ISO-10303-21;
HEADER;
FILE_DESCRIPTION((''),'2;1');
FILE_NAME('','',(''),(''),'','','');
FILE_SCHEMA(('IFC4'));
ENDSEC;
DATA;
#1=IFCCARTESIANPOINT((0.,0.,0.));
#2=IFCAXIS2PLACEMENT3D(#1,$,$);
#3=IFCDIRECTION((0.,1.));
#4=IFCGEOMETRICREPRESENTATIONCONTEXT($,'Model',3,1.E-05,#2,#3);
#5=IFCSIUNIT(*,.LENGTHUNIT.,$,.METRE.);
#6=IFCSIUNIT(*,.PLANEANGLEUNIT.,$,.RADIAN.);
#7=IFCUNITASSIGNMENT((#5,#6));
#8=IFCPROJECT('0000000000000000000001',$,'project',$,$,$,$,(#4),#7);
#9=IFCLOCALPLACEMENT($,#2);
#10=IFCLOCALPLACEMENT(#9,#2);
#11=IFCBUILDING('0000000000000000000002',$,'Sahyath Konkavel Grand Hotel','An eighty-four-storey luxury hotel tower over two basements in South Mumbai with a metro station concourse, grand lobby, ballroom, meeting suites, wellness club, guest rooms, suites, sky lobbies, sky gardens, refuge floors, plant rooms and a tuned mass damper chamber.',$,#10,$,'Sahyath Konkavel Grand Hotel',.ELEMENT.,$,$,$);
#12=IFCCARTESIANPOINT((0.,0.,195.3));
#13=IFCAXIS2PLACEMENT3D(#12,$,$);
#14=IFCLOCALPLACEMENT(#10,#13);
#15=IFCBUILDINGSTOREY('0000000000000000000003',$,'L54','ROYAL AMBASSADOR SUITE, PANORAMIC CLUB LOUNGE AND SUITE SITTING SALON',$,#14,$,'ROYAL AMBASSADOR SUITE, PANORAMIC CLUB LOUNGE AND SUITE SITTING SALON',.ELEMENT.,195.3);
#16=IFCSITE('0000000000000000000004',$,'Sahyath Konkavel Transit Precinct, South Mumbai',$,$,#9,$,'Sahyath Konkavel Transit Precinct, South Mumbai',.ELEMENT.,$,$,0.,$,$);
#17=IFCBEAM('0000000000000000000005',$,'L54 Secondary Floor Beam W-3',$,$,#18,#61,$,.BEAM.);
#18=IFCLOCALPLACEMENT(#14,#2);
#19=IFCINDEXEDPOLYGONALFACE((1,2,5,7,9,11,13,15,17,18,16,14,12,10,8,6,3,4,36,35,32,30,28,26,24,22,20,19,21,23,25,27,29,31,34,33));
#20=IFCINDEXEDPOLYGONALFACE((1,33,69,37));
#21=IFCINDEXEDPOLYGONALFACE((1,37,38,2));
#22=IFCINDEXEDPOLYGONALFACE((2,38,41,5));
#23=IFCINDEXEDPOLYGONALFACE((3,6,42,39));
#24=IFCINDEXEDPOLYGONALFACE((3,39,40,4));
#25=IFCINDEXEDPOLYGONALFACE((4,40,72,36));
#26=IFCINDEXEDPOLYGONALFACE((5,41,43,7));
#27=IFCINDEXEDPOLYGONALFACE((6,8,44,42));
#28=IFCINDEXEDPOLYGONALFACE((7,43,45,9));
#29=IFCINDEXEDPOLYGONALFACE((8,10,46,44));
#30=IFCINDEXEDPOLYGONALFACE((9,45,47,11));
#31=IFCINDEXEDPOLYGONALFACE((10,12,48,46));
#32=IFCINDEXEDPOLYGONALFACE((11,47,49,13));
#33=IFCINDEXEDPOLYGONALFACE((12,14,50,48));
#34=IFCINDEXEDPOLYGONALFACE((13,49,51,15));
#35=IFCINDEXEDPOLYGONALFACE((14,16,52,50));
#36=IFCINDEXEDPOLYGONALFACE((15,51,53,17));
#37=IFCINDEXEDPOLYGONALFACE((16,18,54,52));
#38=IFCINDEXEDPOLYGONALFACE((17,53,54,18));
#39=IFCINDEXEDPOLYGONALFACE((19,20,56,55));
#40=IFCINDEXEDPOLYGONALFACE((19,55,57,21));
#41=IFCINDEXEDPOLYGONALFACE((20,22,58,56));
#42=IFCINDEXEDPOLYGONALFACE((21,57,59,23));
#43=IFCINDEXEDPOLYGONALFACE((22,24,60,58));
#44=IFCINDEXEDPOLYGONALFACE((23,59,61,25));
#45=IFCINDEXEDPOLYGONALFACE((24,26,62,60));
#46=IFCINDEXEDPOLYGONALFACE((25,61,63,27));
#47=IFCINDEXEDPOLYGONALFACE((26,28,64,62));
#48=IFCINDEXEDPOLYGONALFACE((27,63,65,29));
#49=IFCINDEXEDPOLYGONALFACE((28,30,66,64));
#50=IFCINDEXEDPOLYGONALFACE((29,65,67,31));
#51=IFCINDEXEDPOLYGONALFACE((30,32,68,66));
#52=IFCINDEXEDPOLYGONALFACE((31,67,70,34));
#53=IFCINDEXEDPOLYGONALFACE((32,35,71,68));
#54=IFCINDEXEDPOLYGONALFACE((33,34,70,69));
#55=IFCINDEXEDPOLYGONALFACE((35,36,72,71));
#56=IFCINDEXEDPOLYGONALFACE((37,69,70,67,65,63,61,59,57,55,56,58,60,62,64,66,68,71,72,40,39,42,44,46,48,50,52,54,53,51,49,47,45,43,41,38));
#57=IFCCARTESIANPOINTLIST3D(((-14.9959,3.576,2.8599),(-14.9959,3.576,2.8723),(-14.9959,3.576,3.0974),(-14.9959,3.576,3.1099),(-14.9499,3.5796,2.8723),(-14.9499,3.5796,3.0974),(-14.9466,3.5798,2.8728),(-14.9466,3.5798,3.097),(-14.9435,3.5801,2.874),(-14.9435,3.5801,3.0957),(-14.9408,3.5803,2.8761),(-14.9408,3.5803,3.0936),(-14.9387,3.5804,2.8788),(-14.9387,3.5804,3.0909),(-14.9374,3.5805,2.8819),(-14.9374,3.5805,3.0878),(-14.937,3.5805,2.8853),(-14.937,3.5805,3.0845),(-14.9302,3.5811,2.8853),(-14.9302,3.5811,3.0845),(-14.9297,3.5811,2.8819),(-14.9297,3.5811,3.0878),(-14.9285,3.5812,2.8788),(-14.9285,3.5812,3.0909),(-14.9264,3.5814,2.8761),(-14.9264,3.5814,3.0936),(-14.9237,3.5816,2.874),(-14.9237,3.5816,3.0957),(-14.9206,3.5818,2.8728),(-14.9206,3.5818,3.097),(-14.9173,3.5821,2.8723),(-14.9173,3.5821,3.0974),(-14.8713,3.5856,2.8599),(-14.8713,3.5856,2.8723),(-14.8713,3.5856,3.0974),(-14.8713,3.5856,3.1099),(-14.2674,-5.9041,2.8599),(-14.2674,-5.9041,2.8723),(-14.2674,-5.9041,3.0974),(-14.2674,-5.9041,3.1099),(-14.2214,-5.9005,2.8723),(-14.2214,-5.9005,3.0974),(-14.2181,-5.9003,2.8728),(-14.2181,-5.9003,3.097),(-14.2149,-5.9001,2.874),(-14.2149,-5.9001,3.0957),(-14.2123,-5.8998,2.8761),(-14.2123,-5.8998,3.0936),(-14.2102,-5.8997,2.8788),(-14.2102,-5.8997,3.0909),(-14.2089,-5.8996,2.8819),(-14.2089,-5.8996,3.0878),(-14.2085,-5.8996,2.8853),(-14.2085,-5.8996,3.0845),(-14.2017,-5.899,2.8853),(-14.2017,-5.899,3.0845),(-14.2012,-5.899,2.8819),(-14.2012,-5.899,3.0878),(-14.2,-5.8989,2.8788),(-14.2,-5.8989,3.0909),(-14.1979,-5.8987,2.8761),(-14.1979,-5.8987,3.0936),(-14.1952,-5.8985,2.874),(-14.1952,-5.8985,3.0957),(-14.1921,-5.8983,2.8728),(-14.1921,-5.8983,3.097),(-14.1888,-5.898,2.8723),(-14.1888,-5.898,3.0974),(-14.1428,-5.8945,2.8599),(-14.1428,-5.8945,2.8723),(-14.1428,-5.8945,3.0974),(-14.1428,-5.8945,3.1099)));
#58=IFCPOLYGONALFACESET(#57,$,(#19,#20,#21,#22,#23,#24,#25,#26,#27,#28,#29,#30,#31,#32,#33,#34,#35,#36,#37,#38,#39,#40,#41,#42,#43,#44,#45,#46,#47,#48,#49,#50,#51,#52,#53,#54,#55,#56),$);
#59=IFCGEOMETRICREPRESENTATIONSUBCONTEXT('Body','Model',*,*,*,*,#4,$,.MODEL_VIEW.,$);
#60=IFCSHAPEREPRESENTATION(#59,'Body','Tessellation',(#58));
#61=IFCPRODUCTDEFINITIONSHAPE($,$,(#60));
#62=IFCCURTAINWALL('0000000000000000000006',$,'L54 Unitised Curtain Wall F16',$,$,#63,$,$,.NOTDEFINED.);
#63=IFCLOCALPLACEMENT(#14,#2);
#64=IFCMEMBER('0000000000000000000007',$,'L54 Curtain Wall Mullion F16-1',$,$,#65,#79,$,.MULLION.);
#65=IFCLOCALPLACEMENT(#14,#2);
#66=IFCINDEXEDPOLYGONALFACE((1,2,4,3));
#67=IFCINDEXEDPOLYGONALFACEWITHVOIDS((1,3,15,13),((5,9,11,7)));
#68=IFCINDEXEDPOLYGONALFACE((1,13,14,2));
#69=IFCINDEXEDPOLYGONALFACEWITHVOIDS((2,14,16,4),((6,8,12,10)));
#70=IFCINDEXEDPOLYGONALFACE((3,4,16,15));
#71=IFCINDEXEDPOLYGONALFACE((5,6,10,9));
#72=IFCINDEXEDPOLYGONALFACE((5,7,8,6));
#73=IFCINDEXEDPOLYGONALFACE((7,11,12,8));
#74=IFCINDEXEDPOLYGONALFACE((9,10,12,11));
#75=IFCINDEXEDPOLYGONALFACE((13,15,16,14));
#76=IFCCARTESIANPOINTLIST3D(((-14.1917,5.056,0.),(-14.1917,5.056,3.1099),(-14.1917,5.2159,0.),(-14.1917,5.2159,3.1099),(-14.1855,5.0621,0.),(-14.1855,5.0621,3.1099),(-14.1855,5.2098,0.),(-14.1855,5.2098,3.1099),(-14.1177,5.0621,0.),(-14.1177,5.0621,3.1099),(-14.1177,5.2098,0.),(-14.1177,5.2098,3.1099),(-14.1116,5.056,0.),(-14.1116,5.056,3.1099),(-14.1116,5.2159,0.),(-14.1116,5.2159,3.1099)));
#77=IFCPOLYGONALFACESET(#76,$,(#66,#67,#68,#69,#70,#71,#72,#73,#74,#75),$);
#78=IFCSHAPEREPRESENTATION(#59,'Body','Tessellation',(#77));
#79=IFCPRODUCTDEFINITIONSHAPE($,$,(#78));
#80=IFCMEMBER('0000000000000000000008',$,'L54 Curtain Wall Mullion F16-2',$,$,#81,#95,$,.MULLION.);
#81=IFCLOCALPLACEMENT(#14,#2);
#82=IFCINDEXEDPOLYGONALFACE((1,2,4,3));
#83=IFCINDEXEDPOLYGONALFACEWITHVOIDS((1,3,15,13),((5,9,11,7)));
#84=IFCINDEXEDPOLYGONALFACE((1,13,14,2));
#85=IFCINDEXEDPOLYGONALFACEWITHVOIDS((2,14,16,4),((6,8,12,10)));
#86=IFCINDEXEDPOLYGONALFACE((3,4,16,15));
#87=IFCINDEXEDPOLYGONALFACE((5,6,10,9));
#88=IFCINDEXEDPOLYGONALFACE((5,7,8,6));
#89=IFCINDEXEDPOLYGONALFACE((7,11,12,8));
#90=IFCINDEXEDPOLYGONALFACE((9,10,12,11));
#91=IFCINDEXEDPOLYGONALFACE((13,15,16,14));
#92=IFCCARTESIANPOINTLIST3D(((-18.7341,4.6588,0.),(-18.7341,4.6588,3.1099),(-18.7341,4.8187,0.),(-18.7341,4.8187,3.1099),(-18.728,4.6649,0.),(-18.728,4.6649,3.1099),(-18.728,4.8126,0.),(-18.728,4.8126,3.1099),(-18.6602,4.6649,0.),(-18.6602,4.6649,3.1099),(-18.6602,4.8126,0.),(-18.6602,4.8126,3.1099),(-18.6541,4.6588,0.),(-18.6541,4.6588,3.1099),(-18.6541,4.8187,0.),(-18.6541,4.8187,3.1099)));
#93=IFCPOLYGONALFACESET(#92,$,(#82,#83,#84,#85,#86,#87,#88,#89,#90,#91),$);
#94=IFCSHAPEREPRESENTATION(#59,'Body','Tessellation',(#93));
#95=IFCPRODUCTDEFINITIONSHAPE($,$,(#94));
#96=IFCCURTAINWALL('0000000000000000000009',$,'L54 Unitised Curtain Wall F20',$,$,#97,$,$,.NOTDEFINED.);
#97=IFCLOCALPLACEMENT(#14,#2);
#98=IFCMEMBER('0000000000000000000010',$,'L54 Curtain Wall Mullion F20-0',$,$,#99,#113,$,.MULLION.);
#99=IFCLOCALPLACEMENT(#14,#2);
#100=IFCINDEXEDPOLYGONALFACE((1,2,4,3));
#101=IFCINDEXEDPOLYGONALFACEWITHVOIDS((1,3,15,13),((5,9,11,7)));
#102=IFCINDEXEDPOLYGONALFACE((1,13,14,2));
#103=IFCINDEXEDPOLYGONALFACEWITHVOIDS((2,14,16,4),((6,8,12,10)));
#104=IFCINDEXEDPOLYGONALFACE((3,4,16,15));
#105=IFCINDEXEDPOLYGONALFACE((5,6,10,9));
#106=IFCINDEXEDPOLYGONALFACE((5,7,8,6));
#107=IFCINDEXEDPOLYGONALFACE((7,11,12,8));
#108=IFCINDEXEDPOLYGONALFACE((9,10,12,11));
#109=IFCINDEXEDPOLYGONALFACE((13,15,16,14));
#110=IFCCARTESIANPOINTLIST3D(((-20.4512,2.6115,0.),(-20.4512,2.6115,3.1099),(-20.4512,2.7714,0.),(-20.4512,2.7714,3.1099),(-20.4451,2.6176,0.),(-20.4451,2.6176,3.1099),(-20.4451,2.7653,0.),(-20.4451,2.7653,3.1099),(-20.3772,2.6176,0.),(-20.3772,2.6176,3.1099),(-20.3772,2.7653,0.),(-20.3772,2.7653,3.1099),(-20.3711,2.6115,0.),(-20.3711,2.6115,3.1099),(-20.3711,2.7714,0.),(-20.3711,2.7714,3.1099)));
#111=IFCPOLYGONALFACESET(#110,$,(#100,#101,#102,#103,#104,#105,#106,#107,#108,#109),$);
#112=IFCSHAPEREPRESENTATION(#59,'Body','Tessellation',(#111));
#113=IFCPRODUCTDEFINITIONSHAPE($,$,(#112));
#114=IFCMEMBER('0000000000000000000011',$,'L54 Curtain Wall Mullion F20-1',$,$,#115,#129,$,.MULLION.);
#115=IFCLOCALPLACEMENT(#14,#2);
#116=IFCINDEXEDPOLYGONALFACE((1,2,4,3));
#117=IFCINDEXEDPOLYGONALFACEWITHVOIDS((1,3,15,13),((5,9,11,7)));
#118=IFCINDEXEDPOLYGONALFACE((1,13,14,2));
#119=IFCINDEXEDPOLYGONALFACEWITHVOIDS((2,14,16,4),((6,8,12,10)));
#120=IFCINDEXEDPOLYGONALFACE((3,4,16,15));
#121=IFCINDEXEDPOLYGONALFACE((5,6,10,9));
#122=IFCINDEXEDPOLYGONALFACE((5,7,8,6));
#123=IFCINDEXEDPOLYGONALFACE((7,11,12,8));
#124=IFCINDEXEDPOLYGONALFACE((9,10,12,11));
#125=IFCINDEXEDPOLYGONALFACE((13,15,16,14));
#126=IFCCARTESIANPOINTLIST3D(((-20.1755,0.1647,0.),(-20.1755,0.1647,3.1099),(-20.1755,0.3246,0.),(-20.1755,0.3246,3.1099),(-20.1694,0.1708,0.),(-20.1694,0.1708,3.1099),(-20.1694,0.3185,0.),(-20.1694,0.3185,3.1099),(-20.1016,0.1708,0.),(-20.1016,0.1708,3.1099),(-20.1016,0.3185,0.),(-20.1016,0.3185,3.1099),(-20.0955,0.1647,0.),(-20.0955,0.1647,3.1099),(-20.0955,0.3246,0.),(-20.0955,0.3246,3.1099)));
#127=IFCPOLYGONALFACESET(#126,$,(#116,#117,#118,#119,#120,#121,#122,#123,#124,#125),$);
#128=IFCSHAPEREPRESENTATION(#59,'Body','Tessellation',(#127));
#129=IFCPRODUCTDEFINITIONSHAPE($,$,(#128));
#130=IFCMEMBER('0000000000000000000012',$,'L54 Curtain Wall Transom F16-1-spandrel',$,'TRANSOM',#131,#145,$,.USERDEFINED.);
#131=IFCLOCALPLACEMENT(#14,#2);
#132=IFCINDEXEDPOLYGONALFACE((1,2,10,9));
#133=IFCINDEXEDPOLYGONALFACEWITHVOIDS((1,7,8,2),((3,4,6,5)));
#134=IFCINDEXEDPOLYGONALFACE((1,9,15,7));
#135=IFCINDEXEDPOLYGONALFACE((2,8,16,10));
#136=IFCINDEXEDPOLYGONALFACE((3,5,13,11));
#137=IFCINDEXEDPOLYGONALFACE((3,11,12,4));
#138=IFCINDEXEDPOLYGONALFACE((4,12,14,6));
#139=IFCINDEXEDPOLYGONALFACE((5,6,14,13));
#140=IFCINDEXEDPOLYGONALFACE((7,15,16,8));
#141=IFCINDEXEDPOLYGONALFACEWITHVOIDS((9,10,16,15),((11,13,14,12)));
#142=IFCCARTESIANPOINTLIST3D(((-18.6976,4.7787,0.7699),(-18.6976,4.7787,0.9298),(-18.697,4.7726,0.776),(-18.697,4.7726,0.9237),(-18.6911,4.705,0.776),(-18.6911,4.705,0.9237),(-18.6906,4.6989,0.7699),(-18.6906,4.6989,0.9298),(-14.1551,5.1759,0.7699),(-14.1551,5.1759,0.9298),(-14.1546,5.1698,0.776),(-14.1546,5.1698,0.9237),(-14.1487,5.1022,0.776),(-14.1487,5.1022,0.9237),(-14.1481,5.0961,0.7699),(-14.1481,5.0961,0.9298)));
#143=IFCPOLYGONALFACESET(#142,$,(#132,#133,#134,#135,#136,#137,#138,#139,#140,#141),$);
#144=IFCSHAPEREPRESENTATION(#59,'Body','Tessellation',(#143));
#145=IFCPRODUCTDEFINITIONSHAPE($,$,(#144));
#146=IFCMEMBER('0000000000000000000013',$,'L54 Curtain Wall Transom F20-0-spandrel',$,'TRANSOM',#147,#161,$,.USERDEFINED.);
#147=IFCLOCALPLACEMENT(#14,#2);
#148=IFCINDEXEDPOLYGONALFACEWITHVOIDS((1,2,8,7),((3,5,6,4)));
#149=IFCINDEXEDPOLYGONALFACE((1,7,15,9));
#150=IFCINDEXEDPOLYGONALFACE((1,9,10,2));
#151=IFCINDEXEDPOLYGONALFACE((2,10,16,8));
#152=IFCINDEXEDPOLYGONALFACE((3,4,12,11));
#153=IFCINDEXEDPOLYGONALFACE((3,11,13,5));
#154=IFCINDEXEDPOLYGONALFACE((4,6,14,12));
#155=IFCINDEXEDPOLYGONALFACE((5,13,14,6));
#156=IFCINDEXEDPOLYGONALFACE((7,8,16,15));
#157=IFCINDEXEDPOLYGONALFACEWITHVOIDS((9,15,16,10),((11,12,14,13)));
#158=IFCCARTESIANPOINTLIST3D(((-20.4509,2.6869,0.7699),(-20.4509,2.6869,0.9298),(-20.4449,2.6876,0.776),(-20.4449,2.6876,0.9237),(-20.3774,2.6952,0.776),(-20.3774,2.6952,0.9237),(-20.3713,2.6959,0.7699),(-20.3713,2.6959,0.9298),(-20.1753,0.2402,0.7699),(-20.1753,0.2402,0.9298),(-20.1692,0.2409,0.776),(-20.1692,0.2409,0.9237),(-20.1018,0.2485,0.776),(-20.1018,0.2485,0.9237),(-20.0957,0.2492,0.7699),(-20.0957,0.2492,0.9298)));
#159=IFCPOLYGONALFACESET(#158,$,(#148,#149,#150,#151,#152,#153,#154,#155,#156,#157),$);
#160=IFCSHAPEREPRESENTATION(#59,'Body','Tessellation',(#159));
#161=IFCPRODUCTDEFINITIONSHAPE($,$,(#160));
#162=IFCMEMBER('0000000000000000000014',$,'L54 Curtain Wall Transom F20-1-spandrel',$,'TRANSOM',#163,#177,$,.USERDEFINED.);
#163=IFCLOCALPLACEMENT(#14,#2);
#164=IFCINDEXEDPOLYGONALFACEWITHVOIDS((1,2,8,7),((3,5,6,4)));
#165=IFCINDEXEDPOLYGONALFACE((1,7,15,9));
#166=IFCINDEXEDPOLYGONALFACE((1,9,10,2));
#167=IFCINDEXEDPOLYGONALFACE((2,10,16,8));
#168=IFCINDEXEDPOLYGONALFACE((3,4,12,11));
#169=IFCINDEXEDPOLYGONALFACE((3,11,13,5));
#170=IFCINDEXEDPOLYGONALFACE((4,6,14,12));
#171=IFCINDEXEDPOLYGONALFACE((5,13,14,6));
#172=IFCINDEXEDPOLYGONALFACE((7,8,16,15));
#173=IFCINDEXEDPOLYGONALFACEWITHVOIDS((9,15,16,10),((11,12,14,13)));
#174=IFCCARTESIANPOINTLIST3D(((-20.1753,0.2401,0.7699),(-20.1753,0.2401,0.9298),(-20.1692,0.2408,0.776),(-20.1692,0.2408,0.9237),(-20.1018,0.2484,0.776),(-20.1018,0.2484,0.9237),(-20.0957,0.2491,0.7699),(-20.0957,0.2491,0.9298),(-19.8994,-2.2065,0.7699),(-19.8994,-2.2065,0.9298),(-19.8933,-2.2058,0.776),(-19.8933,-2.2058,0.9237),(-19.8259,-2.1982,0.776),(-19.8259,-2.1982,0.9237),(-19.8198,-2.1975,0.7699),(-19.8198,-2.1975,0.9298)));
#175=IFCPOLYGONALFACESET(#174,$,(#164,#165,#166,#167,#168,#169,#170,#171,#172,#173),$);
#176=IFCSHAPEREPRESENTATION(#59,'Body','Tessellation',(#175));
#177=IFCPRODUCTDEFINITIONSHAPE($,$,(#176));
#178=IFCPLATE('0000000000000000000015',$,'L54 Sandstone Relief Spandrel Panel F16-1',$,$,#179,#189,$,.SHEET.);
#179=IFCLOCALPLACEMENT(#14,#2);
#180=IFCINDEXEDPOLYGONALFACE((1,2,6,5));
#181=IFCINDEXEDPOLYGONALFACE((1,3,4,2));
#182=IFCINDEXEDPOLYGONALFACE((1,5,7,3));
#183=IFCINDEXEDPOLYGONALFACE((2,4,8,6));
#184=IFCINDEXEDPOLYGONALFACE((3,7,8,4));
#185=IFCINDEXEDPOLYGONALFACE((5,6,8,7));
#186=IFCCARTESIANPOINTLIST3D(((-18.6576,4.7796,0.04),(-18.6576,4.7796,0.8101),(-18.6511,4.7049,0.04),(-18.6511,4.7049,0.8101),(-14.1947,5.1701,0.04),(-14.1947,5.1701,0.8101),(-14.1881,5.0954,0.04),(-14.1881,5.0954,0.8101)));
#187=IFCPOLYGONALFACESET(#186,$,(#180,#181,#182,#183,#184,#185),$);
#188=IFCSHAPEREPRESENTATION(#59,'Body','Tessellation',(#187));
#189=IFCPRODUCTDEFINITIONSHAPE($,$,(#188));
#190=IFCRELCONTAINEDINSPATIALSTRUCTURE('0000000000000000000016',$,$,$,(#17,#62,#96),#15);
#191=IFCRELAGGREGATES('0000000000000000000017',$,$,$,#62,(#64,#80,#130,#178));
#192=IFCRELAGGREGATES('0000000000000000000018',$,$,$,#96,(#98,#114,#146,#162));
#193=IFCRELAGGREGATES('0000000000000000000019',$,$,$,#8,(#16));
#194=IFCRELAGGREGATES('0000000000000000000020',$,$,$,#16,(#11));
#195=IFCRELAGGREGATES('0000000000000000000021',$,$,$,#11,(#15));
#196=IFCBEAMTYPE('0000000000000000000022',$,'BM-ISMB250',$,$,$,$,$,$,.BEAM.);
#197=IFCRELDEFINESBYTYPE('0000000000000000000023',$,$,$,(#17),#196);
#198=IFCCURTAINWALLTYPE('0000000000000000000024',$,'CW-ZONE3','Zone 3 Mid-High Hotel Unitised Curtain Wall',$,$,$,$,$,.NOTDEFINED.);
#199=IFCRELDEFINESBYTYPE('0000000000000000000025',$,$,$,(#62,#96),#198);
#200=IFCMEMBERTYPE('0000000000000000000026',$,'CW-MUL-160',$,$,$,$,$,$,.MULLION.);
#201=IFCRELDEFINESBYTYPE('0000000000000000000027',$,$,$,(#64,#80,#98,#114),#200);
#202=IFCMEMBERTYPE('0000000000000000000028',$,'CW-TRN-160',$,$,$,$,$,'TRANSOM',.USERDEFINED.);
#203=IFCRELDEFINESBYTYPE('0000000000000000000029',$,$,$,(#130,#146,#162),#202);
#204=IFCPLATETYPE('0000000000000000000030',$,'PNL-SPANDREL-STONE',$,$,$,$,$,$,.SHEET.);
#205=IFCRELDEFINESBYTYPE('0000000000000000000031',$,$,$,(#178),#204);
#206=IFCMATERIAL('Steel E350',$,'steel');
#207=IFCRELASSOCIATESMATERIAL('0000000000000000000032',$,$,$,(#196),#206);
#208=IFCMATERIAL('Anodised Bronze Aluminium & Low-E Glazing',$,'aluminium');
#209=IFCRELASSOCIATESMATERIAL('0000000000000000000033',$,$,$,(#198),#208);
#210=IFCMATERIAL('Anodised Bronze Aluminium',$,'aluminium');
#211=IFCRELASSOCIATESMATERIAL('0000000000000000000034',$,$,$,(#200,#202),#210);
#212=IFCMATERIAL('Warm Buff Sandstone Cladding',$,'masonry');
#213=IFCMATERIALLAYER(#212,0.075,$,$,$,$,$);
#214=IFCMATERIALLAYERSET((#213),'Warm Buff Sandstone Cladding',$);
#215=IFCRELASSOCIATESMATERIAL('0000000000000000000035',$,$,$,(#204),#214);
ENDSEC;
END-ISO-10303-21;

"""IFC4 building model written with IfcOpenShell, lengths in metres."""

from ifc_helpers import new_model, si_unit, direction, frame, origin, origin_2d, place, context, subcontext, project, spatial, rectangle, hollow_rectangle, i_section, extrude, source, transform, mapped, material, layer, layer_set, material_profile, profile_set, type_object, element, aggregate, save


model = new_model("IFC4")

# Units and contexts
model_context = context("Model", 3, precision=1e-05, world=origin(), true_north=direction((0.0, 1.0)))
body_context = subcontext(model_context, "Body", "Model", "MODEL_VIEW")
ifc_project = project(units=[si_unit("LENGTHUNIT", "METRE"), si_unit("PLANEANGLEUNIT", "RADIAN")], contexts=[model_context])

# Site, building, storey
site_placement = place(None, origin())
site = spatial("IfcSite", under=ifc_project, at=site_placement, Name="Sahyath Konkavel Transit Precinct, South Mumbai", LongName="Sahyath Konkavel Transit Precinct, South Mumbai", CompositionType="ELEMENT", RefElevation=0.0)
building_placement = place(site_placement, origin())
building = spatial("IfcBuilding", under=site, at=building_placement, Name="Sahyath Konkavel Grand Hotel", Description="An eighty-four-storey luxury hotel tower over two basements in South Mumbai with a metro station concourse, grand lobby, ballroom, meeting suites, wellness club, guest rooms, suites, sky lobbies, sky gardens, refuge floors, plant rooms and a tuned mass damper chamber.", LongName="Sahyath Konkavel Grand Hotel", CompositionType="ELEMENT")
storey_placement = place(building_placement, frame((0.0, 0.0, 195.3)))
storey = spatial("IfcBuildingStorey", under=building, at=storey_placement, Name="L54", Description="ROYAL AMBASSADOR SUITE, PANORAMIC CLUB LOUNGE AND SUITE SITTING SALON", LongName="ROYAL AMBASSADOR SUITE, PANORAMIC CLUB LOUNGE AND SUITE SITTING SALON", CompositionType="ELEMENT", Elevation=195.3)

# Beam
ifc_material_1 = material(Name="Steel E350", Category="steel")
ifc_material_profile_1 = material_profile(ifc_material_1, i_section(OverallWidth=0.125, OverallDepth=0.25, WebThickness=0.0068, FlangeThickness=0.0125, FilletRadius=0.0129, at=origin_2d()), Name="ISMB 250")
ifc_profile_set_1 = profile_set([ifc_material_profile_1], Name="Steel E350")
beam_type_1 = type_object("IfcBeamType", Name="BM-ISMB250", PredefinedType="BEAM", material=ifc_profile_set_1)
shared_shape_1 = source(origin(), body_context, "Body", "SweptSolid", [
    extrude(i_section(OverallWidth=0.125, OverallDepth=0.25, WebThickness=0.0068, FlangeThickness=0.0125, FilletRadius=0.0129, at=origin_2d()), origin(), (0.0, 0.0, 1.0), 9.5081),
])
beam_1_placement = place(storey_placement, frame((-14.9336, 3.5808, 2.9849), z_axis=(0.07662, -0.99706, 0.0), x_axis=(0.99706, 0.07662, 0.0)))
element("IfcBeam", 1, at=beam_1_placement, inside=storey, type_object=beam_type_1, Name="L54 Secondary Floor Beam W-3", PredefinedType="BEAM", context=body_context, shape_type="MappedRepresentation", body=[
    mapped(shared_shape_1, transform((0.0, 0.0, 0.0), scale=1.0)),
])

# Curtain walls, members
ifc_material_2 = material(Name="Anodised Bronze Aluminium & Low-E Glazing", Category="aluminium")
curtain_wall_type = type_object("IfcCurtainWallType", Name="CW-ZONE3", Description="Zone 3 Mid-High Hotel Unitised Curtain Wall", PredefinedType="NOTDEFINED", material=ifc_material_2)
curtain_wall_1_placement = place(storey_placement, origin())
curtain_wall_1 = element("IfcCurtainWall", 2, at=curtain_wall_1_placement, inside=storey, type_object=curtain_wall_type, Name="L54 Unitised Curtain Wall F16", PredefinedType="NOTDEFINED")
ifc_material_3 = material(Name="Anodised Bronze Aluminium", Category="aluminium")
ifc_material_profile_2 = material_profile(ifc_material_3, hollow_rectangle(XDim=0.0801, YDim=0.1599, WallThickness=0.0061, at=origin_2d()), Name="RHS 160x80x6")
ifc_profile_set_2 = profile_set([ifc_material_profile_2], Name="Anodised Bronze Aluminium")
member_type_1 = type_object("IfcMemberType", Name="CW-MUL-160", PredefinedType="MULLION", material=ifc_profile_set_2)
shared_shape_2 = source(origin(), body_context, "Body", "SweptSolid", [
    extrude(hollow_rectangle(XDim=0.0801, YDim=0.1599, WallThickness=0.0061, at=origin_2d()), origin(), (0.0, 0.0, 1.0), 3.1099),
])
member_1_placement = place(storey_placement, frame((-14.1516, 5.136, 0.0), z_axis=(0.0, 0.0, 1.0), x_axis=(1.0, 0.0, 0.0)))
member_1 = element("IfcMember", 3, at=member_1_placement, type_object=member_type_1, Name="L54 Curtain Wall Mullion F16-1", PredefinedType="MULLION", context=body_context, shape_type="MappedRepresentation", body=[
    mapped(shared_shape_2, transform((0.0, 0.0, 0.0), scale=1.0)),
])
member_2_placement = place(storey_placement, frame((-18.6941, 4.7388, 0.0), z_axis=(0.0, 0.0, 1.0), x_axis=(1.0, 0.0, 0.0)))
member_2 = element("IfcMember", 4, at=member_2_placement, type_object=member_type_1, Name="L54 Curtain Wall Mullion F16-2", PredefinedType="MULLION", context=body_context, shape_type="MappedRepresentation", body=[
    mapped(shared_shape_2, transform((0.0, 0.0, 0.0), scale=1.0)),
])
curtain_wall_2_placement = place(storey_placement, origin())
curtain_wall_2 = element("IfcCurtainWall", 5, at=curtain_wall_2_placement, inside=storey, type_object=curtain_wall_type, Name="L54 Unitised Curtain Wall F20", PredefinedType="NOTDEFINED")
member_3_placement = place(storey_placement, frame((-20.4111, 2.6914, 0.0), z_axis=(0.0, 0.0, 1.0), x_axis=(1.0, 0.0, 0.0)))
member_3 = element("IfcMember", 6, at=member_3_placement, type_object=member_type_1, Name="L54 Curtain Wall Mullion F20-0", PredefinedType="MULLION", context=body_context, shape_type="MappedRepresentation", body=[
    mapped(shared_shape_2, transform((0.0, 0.0, 0.0), scale=1.0)),
])
member_4_placement = place(storey_placement, frame((-20.1355, 0.2446, 0.0), z_axis=(0.0, 0.0, 1.0), x_axis=(1.0, 0.0, 0.0)))
member_4 = element("IfcMember", 7, at=member_4_placement, type_object=member_type_1, Name="L54 Curtain Wall Mullion F20-1", PredefinedType="MULLION", context=body_context, shape_type="MappedRepresentation", body=[
    mapped(shared_shape_2, transform((0.0, 0.0, 0.0), scale=1.0)),
])

# Members
ifc_material_profile_3 = material_profile(ifc_material_3, hollow_rectangle(XDim=0.0801, YDim=0.1599, WallThickness=0.0061, at=origin_2d()), Name="RHS 160x80x6")
ifc_profile_set_3 = profile_set([ifc_material_profile_3], Name="Anodised Bronze Aluminium")
member_type_2 = type_object("IfcMemberType", Name="CW-TRN-160", ElementType="TRANSOM", PredefinedType="USERDEFINED", material=ifc_profile_set_3)
shared_shape_3 = source(origin(), body_context, "Body", "SweptSolid", [
    extrude(hollow_rectangle(XDim=0.0801, YDim=0.1599, WallThickness=0.0061, at=origin_2d()), origin(), (0.0, 0.0, 1.0), 4.5598),
])
member_5_placement = place(storey_placement, frame((-14.1516, 5.136, 0.8499), z_axis=(-0.996198, -0.087112, 0.0), x_axis=(0.087112, -0.996198, 0.0)))
member_5 = element("IfcMember", 8, at=member_5_placement, type_object=member_type_2, Name="L54 Curtain Wall Transom F16-1-spandrel", ObjectType="TRANSOM", PredefinedType="USERDEFINED", context=body_context, shape_type="MappedRepresentation", body=[
    mapped(shared_shape_3, transform((0.0, 0.0, 0.0), scale=1.0)),
])
shared_shape_4 = source(origin(), body_context, "Body", "SweptSolid", [
    extrude(hollow_rectangle(XDim=0.0801, YDim=0.1599, WallThickness=0.0061, at=origin_2d()), origin(), (0.0, 0.0, 1.0), 2.4622),
])
member_6_placement = place(storey_placement, frame((-20.4111, 2.6914, 0.8499), z_axis=(0.111944, -0.993715, 0.0), x_axis=(0.993715, 0.111944, 0.0)))
member_6 = element("IfcMember", 9, at=member_6_placement, type_object=member_type_2, Name="L54 Curtain Wall Transom F20-0-spandrel", ObjectType="TRANSOM", PredefinedType="USERDEFINED", context=body_context, shape_type="MappedRepresentation", body=[
    mapped(shared_shape_4, transform((0.0, 0.0, 0.0), scale=1.0)),
])
member_7_placement = place(storey_placement, frame((-20.1355, 0.2446, 0.8499), z_axis=(0.112053, -0.993702, 0.0), x_axis=(0.993702, 0.112053, 0.0)))
member_7 = element("IfcMember", 10, at=member_7_placement, type_object=member_type_2, Name="L54 Curtain Wall Transom F20-1-spandrel", ObjectType="TRANSOM", PredefinedType="USERDEFINED", context=body_context, shape_type="MappedRepresentation", body=[
    mapped(shared_shape_4, transform((0.0, 0.0, 0.0), scale=1.0)),
])

# Plate
ifc_material_4 = material(Name="Warm Buff Sandstone Cladding", Category="masonry")
ifc_layer_1 = layer(ifc_material_4, 0.075)
ifc_layer_set_1 = layer_set([ifc_layer_1], Name="Warm Buff Sandstone Cladding")
plate_type_1 = type_object("IfcPlateType", Name="PNL-SPANDREL-STONE", PredefinedType="SHEET", material=ifc_layer_set_1)
shared_shape_5 = source(origin(), body_context, "Body", "SweptSolid", [
    extrude(rectangle(XDim=4.48, YDim=0.075, at=origin_2d()), origin(), (0.0, 0.0, 1.0), 0.77),
])
plate_1_placement = place(storey_placement, frame((-16.4229, 4.9375, 0.04), z_axis=(0.0, 0.0, 1.0), x_axis=(-0.996195, -0.087156, 0.0)))
plate_1 = element("IfcPlate", 11, at=plate_1_placement, type_object=plate_type_1, Name="L54 Sandstone Relief Spandrel Panel F16-1", PredefinedType="SHEET", context=body_context, shape_type="MappedRepresentation", body=[
    mapped(shared_shape_5, transform((0.0, 0.0, 0.0), scale=1.0)),
])
aggregate(curtain_wall_1, [member_1, member_2, member_5, plate_1])
aggregate(curtain_wall_2, [member_3, member_4, member_6, member_7])

save(model, "model.ifc")
